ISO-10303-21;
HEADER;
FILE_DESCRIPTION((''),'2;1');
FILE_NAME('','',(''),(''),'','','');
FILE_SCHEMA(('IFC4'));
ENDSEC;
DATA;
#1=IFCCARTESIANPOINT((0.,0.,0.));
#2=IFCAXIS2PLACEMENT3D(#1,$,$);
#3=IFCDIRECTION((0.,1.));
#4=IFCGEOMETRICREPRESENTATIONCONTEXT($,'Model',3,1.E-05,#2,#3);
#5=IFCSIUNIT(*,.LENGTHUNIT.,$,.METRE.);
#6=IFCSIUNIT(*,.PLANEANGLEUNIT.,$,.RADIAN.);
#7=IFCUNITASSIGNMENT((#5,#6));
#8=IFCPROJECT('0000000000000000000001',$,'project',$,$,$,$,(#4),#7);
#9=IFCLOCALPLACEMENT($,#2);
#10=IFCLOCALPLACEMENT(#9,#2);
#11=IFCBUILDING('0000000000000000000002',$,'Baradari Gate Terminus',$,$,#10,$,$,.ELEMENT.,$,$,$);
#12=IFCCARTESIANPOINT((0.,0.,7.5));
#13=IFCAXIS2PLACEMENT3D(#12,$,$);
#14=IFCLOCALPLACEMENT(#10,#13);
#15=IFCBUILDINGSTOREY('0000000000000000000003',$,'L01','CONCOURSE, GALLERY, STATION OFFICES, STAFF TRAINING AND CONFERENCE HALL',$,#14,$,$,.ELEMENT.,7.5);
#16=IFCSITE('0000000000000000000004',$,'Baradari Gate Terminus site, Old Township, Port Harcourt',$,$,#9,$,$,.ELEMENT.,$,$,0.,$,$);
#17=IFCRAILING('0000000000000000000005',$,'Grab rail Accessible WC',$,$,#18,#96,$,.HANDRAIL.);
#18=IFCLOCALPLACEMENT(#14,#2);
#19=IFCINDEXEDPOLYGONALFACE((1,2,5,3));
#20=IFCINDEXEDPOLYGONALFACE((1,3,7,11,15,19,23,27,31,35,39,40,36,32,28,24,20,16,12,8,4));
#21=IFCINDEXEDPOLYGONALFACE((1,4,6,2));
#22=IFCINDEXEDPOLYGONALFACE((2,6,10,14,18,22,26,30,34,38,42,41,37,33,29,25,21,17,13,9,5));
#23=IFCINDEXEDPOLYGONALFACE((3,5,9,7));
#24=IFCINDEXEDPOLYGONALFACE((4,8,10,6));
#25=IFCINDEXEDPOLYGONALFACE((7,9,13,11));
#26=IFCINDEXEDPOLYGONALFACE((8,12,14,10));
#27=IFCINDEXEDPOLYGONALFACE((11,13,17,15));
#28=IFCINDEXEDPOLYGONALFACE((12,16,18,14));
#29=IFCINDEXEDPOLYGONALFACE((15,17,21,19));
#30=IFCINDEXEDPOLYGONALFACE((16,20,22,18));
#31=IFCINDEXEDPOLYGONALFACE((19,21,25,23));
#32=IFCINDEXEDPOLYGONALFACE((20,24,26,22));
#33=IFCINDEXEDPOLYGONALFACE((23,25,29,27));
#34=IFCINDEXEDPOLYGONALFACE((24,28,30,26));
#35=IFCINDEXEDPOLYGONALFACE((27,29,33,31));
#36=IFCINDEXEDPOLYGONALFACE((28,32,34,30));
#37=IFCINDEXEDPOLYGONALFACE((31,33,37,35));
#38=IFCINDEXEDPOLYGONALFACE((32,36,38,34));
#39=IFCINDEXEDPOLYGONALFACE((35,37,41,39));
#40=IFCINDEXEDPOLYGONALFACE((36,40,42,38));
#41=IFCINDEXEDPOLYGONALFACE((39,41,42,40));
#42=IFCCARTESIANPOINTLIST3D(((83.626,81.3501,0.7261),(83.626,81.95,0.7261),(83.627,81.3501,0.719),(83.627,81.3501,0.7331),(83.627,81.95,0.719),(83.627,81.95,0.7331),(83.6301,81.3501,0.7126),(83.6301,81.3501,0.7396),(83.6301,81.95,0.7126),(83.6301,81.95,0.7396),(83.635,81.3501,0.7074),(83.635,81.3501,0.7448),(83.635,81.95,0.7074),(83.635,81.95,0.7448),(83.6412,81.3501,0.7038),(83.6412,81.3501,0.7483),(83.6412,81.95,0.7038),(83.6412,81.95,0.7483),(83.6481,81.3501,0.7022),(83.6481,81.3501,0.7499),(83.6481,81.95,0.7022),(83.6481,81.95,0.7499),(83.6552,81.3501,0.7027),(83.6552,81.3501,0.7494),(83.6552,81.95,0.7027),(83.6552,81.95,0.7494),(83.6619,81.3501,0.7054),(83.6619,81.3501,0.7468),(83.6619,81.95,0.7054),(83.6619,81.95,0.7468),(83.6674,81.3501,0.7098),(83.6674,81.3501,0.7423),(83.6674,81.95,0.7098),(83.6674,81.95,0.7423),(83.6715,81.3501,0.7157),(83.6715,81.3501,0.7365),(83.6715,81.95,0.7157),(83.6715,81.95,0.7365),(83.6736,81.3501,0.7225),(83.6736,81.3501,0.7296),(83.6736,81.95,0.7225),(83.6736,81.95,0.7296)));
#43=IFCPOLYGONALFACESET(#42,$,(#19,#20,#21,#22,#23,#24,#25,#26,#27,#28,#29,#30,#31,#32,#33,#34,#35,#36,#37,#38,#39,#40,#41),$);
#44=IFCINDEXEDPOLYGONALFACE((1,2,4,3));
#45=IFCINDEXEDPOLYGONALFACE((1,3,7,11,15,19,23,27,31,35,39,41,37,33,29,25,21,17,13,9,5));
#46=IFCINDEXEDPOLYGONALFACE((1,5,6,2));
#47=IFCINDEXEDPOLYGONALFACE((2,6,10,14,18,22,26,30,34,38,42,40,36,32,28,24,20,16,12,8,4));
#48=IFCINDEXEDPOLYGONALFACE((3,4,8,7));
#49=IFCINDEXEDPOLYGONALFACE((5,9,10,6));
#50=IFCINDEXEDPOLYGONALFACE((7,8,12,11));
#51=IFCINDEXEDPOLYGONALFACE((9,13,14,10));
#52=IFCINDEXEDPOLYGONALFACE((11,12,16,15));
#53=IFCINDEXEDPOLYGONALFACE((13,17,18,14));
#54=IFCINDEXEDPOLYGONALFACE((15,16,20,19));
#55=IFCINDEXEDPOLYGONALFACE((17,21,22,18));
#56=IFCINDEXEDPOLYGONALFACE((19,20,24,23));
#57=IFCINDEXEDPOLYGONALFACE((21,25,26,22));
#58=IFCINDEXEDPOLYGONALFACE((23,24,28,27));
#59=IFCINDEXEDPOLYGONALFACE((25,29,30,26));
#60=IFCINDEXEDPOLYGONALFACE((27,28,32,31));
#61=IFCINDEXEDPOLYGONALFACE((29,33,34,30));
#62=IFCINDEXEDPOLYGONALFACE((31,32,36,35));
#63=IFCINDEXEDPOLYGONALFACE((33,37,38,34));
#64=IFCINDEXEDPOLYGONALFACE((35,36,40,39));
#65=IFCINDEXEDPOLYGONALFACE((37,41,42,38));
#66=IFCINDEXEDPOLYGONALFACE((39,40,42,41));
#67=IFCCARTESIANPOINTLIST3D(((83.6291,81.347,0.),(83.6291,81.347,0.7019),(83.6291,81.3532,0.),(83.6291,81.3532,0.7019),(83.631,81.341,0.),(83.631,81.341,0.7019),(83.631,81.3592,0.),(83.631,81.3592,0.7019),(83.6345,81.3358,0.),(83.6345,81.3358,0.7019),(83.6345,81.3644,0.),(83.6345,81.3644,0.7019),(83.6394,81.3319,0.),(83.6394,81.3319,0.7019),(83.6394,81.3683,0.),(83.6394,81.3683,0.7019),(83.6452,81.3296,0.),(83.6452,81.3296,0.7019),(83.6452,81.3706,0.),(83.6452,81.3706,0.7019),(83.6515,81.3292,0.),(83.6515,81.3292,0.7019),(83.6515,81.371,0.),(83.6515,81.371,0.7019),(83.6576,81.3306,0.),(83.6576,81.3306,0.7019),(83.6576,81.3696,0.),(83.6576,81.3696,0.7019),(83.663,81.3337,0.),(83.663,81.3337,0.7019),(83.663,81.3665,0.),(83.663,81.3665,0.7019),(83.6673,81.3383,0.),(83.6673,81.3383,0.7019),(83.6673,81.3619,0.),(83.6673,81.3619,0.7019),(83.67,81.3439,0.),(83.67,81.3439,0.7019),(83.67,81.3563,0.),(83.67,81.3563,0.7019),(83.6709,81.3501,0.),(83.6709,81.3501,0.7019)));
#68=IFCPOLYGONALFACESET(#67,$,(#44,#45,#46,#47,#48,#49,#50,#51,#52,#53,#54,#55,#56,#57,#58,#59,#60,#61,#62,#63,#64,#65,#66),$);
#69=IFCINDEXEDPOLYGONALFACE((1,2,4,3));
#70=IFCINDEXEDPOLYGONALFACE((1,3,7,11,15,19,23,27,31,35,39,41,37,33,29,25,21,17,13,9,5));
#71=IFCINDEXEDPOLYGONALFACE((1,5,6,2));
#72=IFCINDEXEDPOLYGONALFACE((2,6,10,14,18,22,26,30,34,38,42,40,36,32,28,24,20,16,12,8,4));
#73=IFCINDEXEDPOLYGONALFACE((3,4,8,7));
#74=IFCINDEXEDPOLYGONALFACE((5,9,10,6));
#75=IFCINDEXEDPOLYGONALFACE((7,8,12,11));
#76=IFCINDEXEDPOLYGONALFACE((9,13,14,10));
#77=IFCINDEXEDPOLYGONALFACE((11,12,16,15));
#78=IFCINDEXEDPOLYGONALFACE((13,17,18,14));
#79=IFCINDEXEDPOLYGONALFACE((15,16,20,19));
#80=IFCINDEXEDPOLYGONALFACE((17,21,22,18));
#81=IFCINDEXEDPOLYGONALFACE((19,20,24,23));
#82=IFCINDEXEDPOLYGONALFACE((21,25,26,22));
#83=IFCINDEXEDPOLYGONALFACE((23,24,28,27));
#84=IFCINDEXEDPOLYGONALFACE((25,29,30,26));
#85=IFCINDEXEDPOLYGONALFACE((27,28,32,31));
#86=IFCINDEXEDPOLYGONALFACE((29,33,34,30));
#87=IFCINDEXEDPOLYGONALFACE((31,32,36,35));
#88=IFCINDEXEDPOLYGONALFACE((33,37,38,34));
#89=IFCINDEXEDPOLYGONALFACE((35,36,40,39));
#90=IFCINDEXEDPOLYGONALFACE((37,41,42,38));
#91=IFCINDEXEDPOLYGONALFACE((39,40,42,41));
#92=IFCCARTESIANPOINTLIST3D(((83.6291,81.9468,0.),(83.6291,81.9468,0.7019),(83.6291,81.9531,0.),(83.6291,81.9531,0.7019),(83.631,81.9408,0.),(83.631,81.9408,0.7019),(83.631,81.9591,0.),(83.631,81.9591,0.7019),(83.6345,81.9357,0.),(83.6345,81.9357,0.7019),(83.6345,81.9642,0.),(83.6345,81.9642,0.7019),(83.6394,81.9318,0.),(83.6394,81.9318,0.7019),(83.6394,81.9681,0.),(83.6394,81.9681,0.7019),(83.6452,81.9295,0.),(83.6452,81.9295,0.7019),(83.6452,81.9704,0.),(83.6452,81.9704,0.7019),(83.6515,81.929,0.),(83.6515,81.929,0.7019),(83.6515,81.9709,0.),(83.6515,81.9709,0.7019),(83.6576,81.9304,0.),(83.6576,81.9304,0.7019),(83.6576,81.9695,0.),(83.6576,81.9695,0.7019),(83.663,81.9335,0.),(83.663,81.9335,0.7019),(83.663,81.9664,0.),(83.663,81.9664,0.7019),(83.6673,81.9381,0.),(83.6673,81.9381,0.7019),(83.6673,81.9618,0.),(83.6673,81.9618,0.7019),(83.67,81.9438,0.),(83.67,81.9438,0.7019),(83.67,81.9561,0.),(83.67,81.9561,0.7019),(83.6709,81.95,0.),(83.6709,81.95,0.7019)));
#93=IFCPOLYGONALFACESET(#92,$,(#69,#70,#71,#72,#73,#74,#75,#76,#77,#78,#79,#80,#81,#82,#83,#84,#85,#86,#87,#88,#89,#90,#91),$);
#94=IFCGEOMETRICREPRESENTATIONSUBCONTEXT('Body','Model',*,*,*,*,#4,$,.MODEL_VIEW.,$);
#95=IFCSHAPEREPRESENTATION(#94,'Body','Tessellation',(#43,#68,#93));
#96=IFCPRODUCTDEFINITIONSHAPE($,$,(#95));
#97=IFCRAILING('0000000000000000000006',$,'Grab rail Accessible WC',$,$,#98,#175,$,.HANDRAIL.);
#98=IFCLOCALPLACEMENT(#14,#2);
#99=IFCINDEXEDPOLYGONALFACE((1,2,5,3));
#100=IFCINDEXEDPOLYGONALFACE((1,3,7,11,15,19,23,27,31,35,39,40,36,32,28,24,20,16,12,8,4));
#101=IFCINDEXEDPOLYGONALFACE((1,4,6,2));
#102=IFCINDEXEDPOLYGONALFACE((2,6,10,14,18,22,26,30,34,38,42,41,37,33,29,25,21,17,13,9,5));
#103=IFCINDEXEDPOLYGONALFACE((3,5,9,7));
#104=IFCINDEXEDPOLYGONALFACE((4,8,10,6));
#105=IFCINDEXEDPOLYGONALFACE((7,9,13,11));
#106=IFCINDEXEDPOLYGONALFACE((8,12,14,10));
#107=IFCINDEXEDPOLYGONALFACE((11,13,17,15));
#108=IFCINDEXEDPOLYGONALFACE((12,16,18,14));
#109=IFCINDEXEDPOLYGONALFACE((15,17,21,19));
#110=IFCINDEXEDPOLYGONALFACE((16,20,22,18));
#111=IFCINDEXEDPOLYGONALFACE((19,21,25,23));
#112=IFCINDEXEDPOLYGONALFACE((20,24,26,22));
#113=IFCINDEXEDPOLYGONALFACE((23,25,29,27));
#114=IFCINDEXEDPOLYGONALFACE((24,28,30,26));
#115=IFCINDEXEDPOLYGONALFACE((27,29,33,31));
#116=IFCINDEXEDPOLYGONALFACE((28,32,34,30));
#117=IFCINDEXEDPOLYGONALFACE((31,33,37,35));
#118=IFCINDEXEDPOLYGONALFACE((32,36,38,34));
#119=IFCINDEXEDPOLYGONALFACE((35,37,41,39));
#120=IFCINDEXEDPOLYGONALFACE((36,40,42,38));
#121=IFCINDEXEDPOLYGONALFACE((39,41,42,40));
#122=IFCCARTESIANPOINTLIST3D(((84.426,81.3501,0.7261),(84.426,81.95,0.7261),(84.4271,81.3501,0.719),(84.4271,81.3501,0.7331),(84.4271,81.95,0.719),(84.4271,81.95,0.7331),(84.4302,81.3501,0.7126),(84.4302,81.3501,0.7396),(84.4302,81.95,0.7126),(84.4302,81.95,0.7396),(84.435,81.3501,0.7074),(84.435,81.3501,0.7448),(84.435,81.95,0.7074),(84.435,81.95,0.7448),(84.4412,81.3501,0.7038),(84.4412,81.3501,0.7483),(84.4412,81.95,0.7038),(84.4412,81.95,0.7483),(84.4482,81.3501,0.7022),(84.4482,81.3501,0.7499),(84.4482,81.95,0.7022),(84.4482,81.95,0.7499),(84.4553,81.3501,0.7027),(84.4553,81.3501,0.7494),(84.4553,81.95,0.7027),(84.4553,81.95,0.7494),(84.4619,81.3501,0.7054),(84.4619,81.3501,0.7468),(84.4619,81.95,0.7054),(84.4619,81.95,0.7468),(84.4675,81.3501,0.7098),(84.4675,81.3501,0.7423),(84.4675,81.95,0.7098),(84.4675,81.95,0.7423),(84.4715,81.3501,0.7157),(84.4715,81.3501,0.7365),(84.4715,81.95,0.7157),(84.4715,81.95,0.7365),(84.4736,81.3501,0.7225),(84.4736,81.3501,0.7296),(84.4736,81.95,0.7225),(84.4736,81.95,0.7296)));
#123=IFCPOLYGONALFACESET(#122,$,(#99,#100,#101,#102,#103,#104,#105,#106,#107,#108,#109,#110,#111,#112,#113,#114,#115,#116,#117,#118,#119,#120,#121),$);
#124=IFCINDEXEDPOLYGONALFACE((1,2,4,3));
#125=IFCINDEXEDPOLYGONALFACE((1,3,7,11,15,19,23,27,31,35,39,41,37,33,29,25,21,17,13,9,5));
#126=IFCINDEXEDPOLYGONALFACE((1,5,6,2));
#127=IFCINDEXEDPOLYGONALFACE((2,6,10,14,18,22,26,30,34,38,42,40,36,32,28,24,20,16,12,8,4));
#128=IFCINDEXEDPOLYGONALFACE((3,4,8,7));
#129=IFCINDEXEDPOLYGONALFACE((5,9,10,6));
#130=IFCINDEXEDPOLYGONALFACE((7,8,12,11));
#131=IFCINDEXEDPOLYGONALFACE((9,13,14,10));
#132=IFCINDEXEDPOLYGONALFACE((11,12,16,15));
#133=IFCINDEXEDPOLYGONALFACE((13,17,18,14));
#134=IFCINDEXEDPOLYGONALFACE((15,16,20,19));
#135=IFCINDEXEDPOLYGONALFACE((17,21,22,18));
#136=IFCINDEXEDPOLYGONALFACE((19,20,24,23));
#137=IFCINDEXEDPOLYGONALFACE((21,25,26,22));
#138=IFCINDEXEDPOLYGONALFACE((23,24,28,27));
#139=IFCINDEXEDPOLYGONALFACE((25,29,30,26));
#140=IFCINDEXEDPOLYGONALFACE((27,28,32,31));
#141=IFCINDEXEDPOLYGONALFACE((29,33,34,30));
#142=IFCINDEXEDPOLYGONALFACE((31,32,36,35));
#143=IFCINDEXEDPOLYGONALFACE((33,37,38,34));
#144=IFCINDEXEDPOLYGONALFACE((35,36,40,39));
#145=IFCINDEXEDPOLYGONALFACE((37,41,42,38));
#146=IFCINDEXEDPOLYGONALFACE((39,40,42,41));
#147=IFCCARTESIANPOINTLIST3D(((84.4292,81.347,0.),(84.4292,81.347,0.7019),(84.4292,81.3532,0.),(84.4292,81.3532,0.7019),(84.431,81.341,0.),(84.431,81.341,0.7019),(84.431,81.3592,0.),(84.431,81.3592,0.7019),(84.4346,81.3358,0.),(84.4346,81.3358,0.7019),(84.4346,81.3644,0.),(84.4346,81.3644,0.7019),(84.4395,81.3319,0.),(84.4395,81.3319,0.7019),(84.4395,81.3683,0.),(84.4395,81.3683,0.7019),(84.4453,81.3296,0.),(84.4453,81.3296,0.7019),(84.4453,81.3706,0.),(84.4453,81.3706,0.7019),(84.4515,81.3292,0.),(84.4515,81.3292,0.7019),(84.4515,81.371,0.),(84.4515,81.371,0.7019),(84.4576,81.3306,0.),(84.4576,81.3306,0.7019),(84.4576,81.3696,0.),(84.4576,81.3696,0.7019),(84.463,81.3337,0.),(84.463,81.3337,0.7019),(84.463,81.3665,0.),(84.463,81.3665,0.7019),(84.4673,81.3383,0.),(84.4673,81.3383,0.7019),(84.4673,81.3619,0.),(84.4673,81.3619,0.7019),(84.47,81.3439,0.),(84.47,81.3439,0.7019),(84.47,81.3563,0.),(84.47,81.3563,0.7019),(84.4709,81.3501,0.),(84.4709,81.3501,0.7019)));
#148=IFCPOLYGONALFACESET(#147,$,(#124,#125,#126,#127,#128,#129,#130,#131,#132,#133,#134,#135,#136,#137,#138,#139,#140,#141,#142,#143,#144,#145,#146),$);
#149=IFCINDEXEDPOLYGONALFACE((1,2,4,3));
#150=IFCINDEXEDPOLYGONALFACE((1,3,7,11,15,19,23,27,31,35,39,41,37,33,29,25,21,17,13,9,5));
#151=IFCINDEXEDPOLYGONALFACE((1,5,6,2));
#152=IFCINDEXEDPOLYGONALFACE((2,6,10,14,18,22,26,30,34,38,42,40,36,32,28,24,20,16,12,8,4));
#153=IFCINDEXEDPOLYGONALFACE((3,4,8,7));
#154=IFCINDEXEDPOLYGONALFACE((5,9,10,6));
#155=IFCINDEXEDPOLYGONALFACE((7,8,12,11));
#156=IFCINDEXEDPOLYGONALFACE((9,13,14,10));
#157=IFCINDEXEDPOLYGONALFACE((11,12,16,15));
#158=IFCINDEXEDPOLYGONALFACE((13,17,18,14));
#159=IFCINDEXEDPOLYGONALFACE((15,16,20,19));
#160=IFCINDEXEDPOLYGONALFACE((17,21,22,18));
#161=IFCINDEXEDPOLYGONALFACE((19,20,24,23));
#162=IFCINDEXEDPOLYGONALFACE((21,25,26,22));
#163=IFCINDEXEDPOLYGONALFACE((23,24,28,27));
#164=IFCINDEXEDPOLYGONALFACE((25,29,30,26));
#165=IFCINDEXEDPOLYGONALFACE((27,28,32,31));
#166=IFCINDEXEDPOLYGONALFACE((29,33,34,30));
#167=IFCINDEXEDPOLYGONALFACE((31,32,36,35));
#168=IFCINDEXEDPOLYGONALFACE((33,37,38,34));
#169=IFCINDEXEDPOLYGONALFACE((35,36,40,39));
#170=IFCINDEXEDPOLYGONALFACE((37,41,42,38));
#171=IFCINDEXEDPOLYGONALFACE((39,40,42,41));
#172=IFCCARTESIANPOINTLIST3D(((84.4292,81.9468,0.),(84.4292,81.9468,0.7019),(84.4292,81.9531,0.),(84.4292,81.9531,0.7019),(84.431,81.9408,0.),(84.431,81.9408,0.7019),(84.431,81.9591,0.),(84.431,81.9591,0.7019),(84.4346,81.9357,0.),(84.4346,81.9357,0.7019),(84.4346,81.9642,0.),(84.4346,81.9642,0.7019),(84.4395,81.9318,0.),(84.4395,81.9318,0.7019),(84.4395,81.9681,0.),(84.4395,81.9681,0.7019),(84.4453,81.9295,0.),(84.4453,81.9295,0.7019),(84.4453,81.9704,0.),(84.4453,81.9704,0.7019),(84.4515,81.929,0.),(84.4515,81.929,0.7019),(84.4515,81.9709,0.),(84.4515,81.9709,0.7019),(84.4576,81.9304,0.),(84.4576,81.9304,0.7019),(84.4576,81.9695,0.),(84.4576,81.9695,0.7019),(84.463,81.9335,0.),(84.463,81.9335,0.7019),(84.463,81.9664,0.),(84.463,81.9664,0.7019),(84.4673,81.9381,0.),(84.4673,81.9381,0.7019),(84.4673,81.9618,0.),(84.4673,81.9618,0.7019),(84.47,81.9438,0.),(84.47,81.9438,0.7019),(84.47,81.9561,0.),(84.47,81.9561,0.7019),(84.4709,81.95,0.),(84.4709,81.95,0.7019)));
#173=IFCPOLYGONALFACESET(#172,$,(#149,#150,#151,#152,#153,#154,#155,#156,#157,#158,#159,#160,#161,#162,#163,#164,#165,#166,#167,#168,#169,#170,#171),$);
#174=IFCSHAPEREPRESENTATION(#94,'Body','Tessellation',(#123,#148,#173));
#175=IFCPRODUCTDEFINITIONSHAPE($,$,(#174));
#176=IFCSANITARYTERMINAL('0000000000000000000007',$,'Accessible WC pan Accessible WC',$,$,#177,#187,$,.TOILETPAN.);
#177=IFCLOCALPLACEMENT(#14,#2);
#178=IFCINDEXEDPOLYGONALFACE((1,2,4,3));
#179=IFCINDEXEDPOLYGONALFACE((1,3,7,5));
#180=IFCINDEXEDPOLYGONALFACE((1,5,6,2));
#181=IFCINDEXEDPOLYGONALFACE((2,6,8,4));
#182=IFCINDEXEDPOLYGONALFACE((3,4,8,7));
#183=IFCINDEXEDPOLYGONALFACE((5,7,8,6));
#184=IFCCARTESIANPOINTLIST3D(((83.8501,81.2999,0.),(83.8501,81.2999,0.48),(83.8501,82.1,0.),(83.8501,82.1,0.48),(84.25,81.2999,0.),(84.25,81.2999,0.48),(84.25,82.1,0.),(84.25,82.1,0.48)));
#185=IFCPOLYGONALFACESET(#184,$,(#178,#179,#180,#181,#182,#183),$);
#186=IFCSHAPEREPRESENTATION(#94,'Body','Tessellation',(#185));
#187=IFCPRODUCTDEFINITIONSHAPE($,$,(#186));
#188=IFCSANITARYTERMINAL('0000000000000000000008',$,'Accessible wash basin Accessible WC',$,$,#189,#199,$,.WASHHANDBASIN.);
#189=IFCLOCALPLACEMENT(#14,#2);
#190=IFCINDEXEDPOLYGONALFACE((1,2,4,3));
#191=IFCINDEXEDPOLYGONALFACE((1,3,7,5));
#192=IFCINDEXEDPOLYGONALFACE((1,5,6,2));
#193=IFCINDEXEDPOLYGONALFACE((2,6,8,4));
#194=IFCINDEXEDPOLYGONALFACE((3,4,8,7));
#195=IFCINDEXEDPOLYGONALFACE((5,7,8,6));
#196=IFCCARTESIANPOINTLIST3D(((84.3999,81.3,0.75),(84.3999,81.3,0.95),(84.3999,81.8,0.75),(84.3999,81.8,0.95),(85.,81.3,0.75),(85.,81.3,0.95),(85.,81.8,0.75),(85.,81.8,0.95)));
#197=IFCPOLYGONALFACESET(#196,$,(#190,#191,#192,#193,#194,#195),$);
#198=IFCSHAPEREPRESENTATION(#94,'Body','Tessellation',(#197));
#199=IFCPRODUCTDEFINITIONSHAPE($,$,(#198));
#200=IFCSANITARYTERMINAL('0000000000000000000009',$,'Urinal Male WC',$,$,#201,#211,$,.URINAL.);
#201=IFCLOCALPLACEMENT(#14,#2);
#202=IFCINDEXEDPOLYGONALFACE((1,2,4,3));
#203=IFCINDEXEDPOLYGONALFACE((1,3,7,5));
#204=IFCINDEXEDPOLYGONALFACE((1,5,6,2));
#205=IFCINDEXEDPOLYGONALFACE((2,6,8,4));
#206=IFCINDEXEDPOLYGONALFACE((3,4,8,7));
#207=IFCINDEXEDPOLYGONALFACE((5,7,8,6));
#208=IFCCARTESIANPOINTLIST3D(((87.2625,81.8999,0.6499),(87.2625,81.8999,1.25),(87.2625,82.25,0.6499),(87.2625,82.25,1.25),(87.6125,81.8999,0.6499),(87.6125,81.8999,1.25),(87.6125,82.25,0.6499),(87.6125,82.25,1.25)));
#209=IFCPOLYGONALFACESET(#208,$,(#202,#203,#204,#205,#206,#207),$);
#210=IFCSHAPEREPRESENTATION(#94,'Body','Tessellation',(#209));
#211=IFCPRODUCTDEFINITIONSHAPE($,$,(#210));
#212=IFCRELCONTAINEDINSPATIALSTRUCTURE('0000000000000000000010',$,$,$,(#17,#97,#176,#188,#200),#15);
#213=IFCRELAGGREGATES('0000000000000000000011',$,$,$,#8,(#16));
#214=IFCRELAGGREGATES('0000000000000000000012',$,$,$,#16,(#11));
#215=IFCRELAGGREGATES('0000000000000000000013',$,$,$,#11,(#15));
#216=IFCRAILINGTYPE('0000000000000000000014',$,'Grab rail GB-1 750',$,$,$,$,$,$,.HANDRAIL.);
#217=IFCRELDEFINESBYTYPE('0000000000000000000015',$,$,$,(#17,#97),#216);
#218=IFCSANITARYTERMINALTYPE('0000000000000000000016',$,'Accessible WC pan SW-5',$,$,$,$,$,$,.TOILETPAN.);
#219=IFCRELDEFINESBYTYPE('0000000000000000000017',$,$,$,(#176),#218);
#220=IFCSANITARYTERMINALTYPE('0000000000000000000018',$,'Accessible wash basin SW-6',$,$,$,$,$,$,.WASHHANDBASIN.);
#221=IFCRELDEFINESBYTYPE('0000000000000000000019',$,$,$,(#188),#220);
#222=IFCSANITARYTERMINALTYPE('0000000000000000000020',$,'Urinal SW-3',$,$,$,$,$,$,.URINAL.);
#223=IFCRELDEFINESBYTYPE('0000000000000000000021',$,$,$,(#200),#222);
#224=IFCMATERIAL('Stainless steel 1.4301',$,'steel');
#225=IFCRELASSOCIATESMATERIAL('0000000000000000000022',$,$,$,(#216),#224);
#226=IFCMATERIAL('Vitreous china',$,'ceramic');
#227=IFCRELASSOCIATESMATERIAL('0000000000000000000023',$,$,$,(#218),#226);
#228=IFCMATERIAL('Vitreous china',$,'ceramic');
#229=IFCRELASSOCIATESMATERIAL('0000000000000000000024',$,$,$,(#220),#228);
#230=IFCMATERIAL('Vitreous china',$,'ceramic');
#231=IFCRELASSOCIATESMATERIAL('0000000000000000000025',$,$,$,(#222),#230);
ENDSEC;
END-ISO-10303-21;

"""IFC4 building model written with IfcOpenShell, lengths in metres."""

from ifc_helpers import new_model, si_unit, direction, frame, origin, origin_2d, place, context, subcontext, project, spatial, rectangle, circle, extrude, material, type_object, element, save


model = new_model("IFC4")

# Units and contexts
model_context = context("Model", 3, precision=1e-05, world=origin(), true_north=direction((0.0, 1.0)))
body_context = subcontext(model_context, "Body", "Model", "MODEL_VIEW")
ifc_project = project(units=[si_unit("LENGTHUNIT", "METRE"), si_unit("PLANEANGLEUNIT", "RADIAN")], contexts=[model_context])

# Site, building, storey
site_placement = place(None, origin())
site = spatial("IfcSite", under=ifc_project, at=site_placement, Name="Baradari Gate Terminus site, Old Township, Port Harcourt", CompositionType="ELEMENT", RefElevation=0.0)
building_placement = place(site_placement, origin())
building = spatial("IfcBuilding", under=site, at=building_placement, Name="Baradari Gate Terminus", CompositionType="ELEMENT")
storey_placement = place(building_placement, frame((0.0, 0.0, 7.5)))
storey = spatial("IfcBuildingStorey", under=building, at=storey_placement, Name="L01", Description="CONCOURSE, GALLERY, STATION OFFICES, STAFF TRAINING AND CONFERENCE HALL", CompositionType="ELEMENT", Elevation=7.5)

# Railings
ifc_material_1 = material(Name="Stainless steel 1.4301", Category="steel")
railing_type = type_object("IfcRailingType", Name="Grab rail GB-1 750", PredefinedType="HANDRAIL", material=ifc_material_1)
for number, where, name in (
    (1, (83.6499, 81.3501, 0.0), "Grab rail Accessible WC"),
    (2, (84.45, 81.3501, 0.0), "Grab rail Accessible WC"),
):
    element("IfcRailing", number, at=place(storey_placement, frame(where)), inside=storey, type_object=railing_type, Name=name, PredefinedType="HANDRAIL", context=body_context, shape_type="SweptSolid", body=[
        extrude(circle(Radius=0.0239, at=origin_2d()), frame((0.0, 0.0, 0.7261), z_axis=(0.0, 1.0, 0.0), x_axis=(-1.0, 0.0, 0.0)), (0.0, 0.0, 1.0), 0.5999),
        extrude(circle(Radius=0.021, at=origin_2d()), origin(), (0.0, 0.0, 1.0), 0.7019),
        extrude(circle(Radius=0.021, at=origin_2d()), frame((0.0, 0.5999, 0.0)), (0.0, 0.0, 1.0), 0.7019),
    ])

# Sanitary terminals
ifc_material_2 = material(Name="Vitreous china", Category="ceramic")
sanitary_terminal_type_1 = type_object("IfcSanitaryTerminalType", Name="Accessible WC pan SW-5", PredefinedType="TOILETPAN", material=ifc_material_2)
sanitary_terminal_1_placement = place(storey_placement, frame((84.05, 81.7, 0.0), z_axis=(0.0, 0.0, 1.0), x_axis=(1.0, 0.0, 0.0)))
element("IfcSanitaryTerminal", 3, at=sanitary_terminal_1_placement, inside=storey, type_object=sanitary_terminal_type_1, Name="Accessible WC pan Accessible WC", PredefinedType="TOILETPAN", context=body_context, shape_type="SweptSolid", body=[
    extrude(rectangle(XDim=0.3999, YDim=0.8, at=origin_2d()), origin(), (0.0, 0.0, 1.0), 0.48),
])
ifc_material_3 = material(Name="Vitreous china", Category="ceramic")
sanitary_terminal_type_2 = type_object("IfcSanitaryTerminalType", Name="Accessible wash basin SW-6", PredefinedType="WASHHANDBASIN", material=ifc_material_3)
sanitary_terminal_2_placement = place(storey_placement, frame((84.7, 81.55, 0.75), z_axis=(0.0, 0.0, 1.0), x_axis=(1.0, 0.0, 0.0)))
element("IfcSanitaryTerminal", 4, at=sanitary_terminal_2_placement, inside=storey, type_object=sanitary_terminal_type_2, Name="Accessible wash basin Accessible WC", PredefinedType="WASHHANDBASIN", context=body_context, shape_type="SweptSolid", body=[
    extrude(rectangle(XDim=0.6001, YDim=0.5, at=origin_2d()), origin(), (0.0, 0.0, 1.0), 0.2),
])
ifc_material_4 = material(Name="Vitreous china", Category="ceramic")
sanitary_terminal_type_3 = type_object("IfcSanitaryTerminalType", Name="Urinal SW-3", PredefinedType="URINAL", material=ifc_material_4)
sanitary_terminal_3_placement = place(storey_placement, frame((87.4375, 82.075, 0.6499), z_axis=(0.0, 0.0, 1.0), x_axis=(1.0, 0.0, 0.0)))
element("IfcSanitaryTerminal", 5, at=sanitary_terminal_3_placement, inside=storey, type_object=sanitary_terminal_type_3, Name="Urinal Male WC", PredefinedType="URINAL", context=body_context, shape_type="SweptSolid", body=[
    extrude(rectangle(XDim=0.3501, YDim=0.3501, at=origin_2d()), origin(), (0.0, 0.0, 1.0), 0.6001),
])

save(model, "model.ifc")
